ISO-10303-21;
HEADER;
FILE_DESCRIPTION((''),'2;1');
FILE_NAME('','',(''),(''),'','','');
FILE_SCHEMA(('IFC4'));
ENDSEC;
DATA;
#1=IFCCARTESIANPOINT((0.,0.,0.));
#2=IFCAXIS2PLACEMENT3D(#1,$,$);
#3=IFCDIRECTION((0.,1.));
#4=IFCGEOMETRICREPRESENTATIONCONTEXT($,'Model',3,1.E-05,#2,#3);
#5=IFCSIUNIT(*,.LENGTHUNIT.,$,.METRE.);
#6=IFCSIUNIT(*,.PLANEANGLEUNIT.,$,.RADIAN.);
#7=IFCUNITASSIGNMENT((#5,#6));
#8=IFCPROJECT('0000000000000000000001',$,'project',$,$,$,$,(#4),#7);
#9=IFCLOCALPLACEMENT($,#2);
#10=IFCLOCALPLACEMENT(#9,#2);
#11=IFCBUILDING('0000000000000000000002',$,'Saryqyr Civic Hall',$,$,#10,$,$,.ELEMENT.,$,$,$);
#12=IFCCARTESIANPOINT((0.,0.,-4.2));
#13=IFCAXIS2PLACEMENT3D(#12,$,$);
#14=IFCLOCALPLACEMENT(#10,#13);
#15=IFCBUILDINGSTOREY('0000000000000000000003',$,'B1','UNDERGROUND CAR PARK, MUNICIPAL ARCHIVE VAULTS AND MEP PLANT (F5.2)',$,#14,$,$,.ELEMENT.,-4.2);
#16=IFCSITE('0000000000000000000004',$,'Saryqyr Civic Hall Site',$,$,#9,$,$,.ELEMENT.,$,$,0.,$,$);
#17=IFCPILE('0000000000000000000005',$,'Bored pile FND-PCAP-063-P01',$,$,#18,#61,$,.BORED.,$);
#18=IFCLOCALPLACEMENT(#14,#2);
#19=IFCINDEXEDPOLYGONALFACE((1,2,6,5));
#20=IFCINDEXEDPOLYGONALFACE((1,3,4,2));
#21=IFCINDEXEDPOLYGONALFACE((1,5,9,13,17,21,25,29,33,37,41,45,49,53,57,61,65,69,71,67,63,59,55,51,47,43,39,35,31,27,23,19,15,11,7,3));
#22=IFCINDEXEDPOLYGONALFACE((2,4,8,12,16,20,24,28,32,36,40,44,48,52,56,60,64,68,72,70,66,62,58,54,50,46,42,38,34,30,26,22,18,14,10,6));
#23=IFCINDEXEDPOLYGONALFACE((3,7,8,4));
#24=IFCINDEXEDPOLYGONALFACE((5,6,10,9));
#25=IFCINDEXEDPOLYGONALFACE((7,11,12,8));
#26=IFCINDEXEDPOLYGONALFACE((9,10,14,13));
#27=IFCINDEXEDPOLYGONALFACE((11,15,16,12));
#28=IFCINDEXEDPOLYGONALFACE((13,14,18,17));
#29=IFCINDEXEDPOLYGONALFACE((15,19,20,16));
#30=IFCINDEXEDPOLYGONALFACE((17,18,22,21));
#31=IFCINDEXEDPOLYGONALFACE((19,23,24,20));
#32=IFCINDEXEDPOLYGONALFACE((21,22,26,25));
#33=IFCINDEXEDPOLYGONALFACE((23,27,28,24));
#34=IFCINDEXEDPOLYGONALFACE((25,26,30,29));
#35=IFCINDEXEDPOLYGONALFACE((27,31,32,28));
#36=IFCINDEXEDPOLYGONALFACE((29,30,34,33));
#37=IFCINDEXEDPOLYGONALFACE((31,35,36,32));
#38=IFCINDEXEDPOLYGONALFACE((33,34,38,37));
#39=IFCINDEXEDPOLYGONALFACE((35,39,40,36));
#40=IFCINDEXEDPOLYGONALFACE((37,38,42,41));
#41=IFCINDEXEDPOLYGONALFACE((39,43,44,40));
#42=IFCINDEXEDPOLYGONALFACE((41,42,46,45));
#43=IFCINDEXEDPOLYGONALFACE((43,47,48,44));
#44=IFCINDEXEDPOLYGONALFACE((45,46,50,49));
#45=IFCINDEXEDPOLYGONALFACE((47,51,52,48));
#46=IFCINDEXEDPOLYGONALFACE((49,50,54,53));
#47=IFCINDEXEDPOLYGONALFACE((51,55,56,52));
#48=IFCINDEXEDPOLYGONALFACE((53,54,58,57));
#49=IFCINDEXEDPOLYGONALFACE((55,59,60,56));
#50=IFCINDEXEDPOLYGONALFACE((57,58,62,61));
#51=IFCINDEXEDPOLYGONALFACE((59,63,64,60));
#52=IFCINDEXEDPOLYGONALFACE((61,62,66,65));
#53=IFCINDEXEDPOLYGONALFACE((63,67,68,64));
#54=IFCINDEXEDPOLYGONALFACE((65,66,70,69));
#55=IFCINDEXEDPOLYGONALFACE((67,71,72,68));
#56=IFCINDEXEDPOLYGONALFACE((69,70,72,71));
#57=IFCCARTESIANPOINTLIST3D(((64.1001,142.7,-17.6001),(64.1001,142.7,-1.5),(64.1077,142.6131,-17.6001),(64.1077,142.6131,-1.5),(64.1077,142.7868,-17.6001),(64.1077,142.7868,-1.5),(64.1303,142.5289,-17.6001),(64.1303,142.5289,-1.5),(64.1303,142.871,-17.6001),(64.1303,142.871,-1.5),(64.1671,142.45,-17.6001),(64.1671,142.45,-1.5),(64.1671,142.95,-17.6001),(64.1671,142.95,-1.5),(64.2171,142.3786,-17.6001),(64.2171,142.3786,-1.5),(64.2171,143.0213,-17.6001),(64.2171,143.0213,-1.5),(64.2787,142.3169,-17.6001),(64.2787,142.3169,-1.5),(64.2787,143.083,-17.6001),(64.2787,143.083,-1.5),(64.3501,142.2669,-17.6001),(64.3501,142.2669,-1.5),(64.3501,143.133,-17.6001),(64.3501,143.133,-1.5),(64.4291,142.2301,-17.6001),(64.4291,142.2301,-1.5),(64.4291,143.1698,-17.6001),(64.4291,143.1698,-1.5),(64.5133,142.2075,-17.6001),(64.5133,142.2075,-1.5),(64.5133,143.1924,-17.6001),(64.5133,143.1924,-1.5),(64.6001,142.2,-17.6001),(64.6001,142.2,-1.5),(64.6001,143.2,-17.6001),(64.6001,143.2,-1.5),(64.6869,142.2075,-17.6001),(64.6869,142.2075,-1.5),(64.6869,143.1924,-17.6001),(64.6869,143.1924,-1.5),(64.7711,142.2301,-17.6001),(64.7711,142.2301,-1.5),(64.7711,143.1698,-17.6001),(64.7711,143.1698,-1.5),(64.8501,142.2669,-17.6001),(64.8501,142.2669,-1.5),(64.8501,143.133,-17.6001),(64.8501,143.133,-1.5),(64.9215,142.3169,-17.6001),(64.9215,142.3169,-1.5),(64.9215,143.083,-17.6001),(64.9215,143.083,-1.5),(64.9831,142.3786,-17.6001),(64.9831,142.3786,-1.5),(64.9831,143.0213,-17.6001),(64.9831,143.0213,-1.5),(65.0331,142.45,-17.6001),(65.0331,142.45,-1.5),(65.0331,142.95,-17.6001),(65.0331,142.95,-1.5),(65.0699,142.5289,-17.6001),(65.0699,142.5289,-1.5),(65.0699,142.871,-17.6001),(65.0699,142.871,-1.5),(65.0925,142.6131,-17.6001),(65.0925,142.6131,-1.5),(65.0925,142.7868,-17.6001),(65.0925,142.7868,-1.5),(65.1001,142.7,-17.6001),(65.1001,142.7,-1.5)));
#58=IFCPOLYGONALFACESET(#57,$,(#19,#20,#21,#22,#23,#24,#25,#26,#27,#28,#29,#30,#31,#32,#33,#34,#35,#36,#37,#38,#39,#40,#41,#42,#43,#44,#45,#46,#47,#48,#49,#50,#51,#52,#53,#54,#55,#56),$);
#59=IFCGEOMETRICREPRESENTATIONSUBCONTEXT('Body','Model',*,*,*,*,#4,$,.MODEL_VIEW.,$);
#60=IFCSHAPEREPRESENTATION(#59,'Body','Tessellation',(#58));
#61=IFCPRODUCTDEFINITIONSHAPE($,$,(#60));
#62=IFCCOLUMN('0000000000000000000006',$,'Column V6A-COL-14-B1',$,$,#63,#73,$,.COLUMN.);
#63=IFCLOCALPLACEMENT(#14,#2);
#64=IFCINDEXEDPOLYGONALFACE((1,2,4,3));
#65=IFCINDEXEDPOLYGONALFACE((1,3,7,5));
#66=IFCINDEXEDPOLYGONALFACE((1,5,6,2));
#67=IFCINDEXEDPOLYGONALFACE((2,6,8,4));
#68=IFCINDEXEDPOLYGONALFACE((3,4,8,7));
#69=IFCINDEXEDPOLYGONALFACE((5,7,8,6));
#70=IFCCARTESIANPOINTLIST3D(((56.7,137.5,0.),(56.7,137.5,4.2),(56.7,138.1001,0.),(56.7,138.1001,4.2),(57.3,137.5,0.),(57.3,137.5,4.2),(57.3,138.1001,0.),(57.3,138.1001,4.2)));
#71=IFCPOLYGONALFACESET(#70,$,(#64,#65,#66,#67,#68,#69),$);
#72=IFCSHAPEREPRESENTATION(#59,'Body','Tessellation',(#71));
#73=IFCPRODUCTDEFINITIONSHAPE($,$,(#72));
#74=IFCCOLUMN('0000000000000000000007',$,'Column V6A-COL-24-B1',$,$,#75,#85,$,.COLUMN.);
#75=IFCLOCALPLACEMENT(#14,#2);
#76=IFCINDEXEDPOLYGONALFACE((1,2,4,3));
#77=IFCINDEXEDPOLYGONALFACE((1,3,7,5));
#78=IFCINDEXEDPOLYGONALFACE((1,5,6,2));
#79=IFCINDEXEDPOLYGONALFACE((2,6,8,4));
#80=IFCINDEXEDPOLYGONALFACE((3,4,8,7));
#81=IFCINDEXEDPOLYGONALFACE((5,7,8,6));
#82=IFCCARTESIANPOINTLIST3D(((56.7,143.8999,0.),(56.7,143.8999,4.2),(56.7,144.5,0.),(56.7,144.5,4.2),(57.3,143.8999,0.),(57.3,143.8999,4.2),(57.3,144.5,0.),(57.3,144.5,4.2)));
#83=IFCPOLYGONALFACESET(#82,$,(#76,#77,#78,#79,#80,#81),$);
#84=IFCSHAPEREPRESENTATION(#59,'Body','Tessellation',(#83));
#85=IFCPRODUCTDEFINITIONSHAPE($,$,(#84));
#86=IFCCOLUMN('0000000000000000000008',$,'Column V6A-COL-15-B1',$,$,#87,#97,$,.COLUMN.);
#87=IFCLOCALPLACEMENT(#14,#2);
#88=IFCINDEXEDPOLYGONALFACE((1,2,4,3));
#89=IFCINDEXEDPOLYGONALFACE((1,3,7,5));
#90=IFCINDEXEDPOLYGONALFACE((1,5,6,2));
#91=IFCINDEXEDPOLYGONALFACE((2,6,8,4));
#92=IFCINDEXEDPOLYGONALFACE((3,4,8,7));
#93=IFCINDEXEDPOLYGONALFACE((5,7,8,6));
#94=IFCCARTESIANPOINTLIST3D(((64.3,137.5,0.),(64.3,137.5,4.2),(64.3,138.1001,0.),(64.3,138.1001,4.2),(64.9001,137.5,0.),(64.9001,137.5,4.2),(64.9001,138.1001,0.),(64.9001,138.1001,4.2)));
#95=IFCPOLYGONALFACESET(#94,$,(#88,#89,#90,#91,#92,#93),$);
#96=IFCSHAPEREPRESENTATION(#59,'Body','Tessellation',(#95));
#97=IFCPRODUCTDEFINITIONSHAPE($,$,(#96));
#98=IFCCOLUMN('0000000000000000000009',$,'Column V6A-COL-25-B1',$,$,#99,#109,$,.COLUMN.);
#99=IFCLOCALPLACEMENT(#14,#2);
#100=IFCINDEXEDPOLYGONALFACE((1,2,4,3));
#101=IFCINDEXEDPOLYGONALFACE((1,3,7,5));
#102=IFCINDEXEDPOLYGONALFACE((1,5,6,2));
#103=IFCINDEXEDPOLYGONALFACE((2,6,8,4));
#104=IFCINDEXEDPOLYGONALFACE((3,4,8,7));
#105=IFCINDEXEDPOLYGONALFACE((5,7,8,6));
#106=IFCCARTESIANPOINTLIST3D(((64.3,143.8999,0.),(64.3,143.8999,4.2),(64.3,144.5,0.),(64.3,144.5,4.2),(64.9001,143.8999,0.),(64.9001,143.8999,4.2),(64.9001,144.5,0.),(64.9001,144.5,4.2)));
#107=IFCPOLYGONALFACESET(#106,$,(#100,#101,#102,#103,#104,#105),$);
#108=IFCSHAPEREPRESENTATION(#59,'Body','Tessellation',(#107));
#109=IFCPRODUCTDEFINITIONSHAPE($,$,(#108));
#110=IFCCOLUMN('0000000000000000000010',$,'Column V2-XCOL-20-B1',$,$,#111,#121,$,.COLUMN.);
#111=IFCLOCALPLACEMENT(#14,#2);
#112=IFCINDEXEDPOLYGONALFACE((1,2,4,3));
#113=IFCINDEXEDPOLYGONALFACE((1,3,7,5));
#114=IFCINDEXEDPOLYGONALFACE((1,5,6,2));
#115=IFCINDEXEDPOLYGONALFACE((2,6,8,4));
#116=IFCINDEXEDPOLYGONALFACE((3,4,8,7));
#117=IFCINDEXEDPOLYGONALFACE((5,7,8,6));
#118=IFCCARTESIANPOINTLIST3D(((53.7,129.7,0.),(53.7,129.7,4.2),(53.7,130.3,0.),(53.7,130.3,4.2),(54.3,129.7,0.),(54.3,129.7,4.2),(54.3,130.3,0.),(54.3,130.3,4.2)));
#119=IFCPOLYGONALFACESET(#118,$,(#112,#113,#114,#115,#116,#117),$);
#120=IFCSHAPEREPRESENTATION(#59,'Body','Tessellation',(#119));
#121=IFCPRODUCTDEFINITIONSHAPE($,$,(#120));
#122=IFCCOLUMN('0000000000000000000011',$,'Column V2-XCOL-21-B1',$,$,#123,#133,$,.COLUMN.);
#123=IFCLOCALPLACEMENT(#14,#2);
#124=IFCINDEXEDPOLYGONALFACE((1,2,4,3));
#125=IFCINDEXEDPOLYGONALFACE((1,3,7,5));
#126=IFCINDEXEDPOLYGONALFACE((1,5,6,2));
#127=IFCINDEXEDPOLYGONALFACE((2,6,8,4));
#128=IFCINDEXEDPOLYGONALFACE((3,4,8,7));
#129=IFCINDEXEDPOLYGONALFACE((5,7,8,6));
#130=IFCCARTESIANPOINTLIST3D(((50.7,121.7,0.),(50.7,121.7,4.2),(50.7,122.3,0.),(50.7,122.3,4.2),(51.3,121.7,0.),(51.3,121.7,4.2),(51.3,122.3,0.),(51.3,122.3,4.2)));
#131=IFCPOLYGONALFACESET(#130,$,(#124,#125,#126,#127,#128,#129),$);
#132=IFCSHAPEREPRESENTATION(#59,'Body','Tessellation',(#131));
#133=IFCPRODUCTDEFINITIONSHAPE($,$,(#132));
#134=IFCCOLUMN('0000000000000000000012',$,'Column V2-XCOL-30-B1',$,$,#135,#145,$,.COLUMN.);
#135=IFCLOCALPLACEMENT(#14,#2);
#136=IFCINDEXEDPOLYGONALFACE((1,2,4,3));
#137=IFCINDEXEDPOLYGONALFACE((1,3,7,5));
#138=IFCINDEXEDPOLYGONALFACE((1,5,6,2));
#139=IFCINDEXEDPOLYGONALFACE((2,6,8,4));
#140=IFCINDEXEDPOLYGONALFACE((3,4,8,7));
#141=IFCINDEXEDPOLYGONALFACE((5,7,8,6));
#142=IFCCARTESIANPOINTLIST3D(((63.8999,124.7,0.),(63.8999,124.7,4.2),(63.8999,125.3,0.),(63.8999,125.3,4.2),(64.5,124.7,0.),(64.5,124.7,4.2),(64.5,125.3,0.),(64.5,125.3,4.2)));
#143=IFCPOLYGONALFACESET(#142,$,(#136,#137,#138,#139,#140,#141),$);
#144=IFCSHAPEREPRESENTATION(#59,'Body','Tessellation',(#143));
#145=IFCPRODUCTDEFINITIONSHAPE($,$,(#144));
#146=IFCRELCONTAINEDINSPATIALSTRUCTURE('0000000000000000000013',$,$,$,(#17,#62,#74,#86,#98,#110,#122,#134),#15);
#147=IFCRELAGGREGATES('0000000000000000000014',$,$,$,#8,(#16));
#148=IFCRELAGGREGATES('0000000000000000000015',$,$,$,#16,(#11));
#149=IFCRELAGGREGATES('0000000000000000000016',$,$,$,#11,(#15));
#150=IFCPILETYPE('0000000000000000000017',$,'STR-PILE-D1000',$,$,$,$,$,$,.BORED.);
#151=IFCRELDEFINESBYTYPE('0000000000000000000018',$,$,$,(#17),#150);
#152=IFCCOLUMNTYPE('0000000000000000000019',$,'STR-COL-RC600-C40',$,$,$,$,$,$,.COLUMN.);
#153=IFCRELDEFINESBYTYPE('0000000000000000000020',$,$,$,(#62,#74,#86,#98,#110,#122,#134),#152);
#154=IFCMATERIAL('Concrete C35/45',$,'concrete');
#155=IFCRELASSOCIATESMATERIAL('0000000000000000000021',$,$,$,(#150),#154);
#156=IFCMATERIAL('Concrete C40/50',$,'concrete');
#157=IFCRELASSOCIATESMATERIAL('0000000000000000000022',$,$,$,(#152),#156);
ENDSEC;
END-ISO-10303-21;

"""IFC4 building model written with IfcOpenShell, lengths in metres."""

from ifc_helpers import new_model, si_unit, direction, frame, origin, origin_2d, place, context, subcontext, project, spatial, rectangle, circle, extrude, material, material_profile, profile_set, type_object, element, save


model = new_model("IFC4")

# Units and contexts
model_context = context("Model", 3, precision=1e-05, world=origin(), true_north=direction((0.0, 1.0)))
body_context = subcontext(model_context, "Body", "Model", "MODEL_VIEW")
ifc_project = project(units=[si_unit("LENGTHUNIT", "METRE"), si_unit("PLANEANGLEUNIT", "RADIAN")], contexts=[model_context])

# Site, building, storey
site_placement = place(None, origin())
site = spatial("IfcSite", under=ifc_project, at=site_placement, Name="Saryqyr Civic Hall Site", CompositionType="ELEMENT", RefElevation=0.0)
building_placement = place(site_placement, origin())
building = spatial("IfcBuilding", under=site, at=building_placement, Name="Saryqyr Civic Hall", CompositionType="ELEMENT")
storey_placement = place(building_placement, frame((0.0, 0.0, -4.2)))
storey = spatial("IfcBuildingStorey", under=building, at=storey_placement, Name="B1", Description="UNDERGROUND CAR PARK, MUNICIPAL ARCHIVE VAULTS AND MEP PLANT (F5.2)", CompositionType="ELEMENT", Elevation=-4.2)

# Shared definitions
ifc_material_1 = material(Name="Concrete C35/45", Category="concrete")

# Pile
ifc_material_profile_1 = material_profile(ifc_material_1, circle(Radius=0.5, at=origin_2d()), Name="BORED PILE D1000")
ifc_profile_set_1 = profile_set([ifc_material_profile_1], Name="Concrete C35/45")
pile_type = type_object("IfcPileType", Name="STR-PILE-D1000", PredefinedType="BORED", material=ifc_profile_set_1)
for number, where, z_axis, x_axis, name in (
    (1, (64.6001, 142.7, -1.5), (0.0, 0.0, -1.0), (1.0, 0.0, 0.0), "Bored pile FND-PCAP-063-P01"),
):
    element("IfcPile", number, at=place(storey_placement, frame(where, z_axis=z_axis, x_axis=x_axis)), inside=storey, type_object=pile_type, Name=name, PredefinedType="BORED", context=body_context, shape_type="SweptSolid", body=[
        extrude(circle(Radius=0.5, at=origin_2d()), origin(), (0.0, 0.0, 1.0), 16.1001),
    ])

# Columns
ifc_material_2 = material(Name="Concrete C40/50", Category="concrete")
ifc_material_profile_2 = material_profile(ifc_material_2, rectangle(XDim=0.6001, YDim=0.6001, at=origin_2d()), Name="RC 600x600")
ifc_profile_set_2 = profile_set([ifc_material_profile_2], Name="Concrete C40/50")
column_type = type_object("IfcColumnType", Name="STR-COL-RC600-C40", PredefinedType="COLUMN", material=ifc_profile_set_2)
for number, where, z_axis, x_axis, name in (
    (2, (57.0, 137.8, 0.0), (0.0, 0.0, 1.0), (1.0, 0.0, 0.0), "Column V6A-COL-14-B1"),
    (3, (57.0, 144.2, 0.0), (0.0, 0.0, 1.0), (1.0, 0.0, 0.0), "Column V6A-COL-24-B1"),
    (4, (64.6001, 137.8, 0.0), (0.0, 0.0, 1.0), (1.0, 0.0, 0.0), "Column V6A-COL-15-B1"),
    (5, (64.6001, 144.2, 0.0), (0.0, 0.0, 1.0), (1.0, 0.0, 0.0), "Column V6A-COL-25-B1"),
    (6, (54.0, 130.0, 0.0), (0.0, 0.0, 1.0), (1.0, 0.0, 0.0), "Column V2-XCOL-20-B1"),
    (7, (51.0, 122.0, 0.0), (0.0, 0.0, 1.0), (1.0, 0.0, 0.0), "Column V2-XCOL-21-B1"),
    (8, (64.2, 125.0, 0.0), (0.0, 0.0, 1.0), (1.0, 0.0, 0.0), "Column V2-XCOL-30-B1"),
):
    element("IfcColumn", number, at=place(storey_placement, frame(where, z_axis=z_axis, x_axis=x_axis)), inside=storey, type_object=column_type, Name=name, PredefinedType="COLUMN", context=body_context, shape_type="SweptSolid", body=[
        extrude(rectangle(XDim=0.6001, YDim=0.6001, at=origin_2d()), origin(), (0.0, 0.0, 1.0), 4.2),
    ])

save(model, "model.ifc")
